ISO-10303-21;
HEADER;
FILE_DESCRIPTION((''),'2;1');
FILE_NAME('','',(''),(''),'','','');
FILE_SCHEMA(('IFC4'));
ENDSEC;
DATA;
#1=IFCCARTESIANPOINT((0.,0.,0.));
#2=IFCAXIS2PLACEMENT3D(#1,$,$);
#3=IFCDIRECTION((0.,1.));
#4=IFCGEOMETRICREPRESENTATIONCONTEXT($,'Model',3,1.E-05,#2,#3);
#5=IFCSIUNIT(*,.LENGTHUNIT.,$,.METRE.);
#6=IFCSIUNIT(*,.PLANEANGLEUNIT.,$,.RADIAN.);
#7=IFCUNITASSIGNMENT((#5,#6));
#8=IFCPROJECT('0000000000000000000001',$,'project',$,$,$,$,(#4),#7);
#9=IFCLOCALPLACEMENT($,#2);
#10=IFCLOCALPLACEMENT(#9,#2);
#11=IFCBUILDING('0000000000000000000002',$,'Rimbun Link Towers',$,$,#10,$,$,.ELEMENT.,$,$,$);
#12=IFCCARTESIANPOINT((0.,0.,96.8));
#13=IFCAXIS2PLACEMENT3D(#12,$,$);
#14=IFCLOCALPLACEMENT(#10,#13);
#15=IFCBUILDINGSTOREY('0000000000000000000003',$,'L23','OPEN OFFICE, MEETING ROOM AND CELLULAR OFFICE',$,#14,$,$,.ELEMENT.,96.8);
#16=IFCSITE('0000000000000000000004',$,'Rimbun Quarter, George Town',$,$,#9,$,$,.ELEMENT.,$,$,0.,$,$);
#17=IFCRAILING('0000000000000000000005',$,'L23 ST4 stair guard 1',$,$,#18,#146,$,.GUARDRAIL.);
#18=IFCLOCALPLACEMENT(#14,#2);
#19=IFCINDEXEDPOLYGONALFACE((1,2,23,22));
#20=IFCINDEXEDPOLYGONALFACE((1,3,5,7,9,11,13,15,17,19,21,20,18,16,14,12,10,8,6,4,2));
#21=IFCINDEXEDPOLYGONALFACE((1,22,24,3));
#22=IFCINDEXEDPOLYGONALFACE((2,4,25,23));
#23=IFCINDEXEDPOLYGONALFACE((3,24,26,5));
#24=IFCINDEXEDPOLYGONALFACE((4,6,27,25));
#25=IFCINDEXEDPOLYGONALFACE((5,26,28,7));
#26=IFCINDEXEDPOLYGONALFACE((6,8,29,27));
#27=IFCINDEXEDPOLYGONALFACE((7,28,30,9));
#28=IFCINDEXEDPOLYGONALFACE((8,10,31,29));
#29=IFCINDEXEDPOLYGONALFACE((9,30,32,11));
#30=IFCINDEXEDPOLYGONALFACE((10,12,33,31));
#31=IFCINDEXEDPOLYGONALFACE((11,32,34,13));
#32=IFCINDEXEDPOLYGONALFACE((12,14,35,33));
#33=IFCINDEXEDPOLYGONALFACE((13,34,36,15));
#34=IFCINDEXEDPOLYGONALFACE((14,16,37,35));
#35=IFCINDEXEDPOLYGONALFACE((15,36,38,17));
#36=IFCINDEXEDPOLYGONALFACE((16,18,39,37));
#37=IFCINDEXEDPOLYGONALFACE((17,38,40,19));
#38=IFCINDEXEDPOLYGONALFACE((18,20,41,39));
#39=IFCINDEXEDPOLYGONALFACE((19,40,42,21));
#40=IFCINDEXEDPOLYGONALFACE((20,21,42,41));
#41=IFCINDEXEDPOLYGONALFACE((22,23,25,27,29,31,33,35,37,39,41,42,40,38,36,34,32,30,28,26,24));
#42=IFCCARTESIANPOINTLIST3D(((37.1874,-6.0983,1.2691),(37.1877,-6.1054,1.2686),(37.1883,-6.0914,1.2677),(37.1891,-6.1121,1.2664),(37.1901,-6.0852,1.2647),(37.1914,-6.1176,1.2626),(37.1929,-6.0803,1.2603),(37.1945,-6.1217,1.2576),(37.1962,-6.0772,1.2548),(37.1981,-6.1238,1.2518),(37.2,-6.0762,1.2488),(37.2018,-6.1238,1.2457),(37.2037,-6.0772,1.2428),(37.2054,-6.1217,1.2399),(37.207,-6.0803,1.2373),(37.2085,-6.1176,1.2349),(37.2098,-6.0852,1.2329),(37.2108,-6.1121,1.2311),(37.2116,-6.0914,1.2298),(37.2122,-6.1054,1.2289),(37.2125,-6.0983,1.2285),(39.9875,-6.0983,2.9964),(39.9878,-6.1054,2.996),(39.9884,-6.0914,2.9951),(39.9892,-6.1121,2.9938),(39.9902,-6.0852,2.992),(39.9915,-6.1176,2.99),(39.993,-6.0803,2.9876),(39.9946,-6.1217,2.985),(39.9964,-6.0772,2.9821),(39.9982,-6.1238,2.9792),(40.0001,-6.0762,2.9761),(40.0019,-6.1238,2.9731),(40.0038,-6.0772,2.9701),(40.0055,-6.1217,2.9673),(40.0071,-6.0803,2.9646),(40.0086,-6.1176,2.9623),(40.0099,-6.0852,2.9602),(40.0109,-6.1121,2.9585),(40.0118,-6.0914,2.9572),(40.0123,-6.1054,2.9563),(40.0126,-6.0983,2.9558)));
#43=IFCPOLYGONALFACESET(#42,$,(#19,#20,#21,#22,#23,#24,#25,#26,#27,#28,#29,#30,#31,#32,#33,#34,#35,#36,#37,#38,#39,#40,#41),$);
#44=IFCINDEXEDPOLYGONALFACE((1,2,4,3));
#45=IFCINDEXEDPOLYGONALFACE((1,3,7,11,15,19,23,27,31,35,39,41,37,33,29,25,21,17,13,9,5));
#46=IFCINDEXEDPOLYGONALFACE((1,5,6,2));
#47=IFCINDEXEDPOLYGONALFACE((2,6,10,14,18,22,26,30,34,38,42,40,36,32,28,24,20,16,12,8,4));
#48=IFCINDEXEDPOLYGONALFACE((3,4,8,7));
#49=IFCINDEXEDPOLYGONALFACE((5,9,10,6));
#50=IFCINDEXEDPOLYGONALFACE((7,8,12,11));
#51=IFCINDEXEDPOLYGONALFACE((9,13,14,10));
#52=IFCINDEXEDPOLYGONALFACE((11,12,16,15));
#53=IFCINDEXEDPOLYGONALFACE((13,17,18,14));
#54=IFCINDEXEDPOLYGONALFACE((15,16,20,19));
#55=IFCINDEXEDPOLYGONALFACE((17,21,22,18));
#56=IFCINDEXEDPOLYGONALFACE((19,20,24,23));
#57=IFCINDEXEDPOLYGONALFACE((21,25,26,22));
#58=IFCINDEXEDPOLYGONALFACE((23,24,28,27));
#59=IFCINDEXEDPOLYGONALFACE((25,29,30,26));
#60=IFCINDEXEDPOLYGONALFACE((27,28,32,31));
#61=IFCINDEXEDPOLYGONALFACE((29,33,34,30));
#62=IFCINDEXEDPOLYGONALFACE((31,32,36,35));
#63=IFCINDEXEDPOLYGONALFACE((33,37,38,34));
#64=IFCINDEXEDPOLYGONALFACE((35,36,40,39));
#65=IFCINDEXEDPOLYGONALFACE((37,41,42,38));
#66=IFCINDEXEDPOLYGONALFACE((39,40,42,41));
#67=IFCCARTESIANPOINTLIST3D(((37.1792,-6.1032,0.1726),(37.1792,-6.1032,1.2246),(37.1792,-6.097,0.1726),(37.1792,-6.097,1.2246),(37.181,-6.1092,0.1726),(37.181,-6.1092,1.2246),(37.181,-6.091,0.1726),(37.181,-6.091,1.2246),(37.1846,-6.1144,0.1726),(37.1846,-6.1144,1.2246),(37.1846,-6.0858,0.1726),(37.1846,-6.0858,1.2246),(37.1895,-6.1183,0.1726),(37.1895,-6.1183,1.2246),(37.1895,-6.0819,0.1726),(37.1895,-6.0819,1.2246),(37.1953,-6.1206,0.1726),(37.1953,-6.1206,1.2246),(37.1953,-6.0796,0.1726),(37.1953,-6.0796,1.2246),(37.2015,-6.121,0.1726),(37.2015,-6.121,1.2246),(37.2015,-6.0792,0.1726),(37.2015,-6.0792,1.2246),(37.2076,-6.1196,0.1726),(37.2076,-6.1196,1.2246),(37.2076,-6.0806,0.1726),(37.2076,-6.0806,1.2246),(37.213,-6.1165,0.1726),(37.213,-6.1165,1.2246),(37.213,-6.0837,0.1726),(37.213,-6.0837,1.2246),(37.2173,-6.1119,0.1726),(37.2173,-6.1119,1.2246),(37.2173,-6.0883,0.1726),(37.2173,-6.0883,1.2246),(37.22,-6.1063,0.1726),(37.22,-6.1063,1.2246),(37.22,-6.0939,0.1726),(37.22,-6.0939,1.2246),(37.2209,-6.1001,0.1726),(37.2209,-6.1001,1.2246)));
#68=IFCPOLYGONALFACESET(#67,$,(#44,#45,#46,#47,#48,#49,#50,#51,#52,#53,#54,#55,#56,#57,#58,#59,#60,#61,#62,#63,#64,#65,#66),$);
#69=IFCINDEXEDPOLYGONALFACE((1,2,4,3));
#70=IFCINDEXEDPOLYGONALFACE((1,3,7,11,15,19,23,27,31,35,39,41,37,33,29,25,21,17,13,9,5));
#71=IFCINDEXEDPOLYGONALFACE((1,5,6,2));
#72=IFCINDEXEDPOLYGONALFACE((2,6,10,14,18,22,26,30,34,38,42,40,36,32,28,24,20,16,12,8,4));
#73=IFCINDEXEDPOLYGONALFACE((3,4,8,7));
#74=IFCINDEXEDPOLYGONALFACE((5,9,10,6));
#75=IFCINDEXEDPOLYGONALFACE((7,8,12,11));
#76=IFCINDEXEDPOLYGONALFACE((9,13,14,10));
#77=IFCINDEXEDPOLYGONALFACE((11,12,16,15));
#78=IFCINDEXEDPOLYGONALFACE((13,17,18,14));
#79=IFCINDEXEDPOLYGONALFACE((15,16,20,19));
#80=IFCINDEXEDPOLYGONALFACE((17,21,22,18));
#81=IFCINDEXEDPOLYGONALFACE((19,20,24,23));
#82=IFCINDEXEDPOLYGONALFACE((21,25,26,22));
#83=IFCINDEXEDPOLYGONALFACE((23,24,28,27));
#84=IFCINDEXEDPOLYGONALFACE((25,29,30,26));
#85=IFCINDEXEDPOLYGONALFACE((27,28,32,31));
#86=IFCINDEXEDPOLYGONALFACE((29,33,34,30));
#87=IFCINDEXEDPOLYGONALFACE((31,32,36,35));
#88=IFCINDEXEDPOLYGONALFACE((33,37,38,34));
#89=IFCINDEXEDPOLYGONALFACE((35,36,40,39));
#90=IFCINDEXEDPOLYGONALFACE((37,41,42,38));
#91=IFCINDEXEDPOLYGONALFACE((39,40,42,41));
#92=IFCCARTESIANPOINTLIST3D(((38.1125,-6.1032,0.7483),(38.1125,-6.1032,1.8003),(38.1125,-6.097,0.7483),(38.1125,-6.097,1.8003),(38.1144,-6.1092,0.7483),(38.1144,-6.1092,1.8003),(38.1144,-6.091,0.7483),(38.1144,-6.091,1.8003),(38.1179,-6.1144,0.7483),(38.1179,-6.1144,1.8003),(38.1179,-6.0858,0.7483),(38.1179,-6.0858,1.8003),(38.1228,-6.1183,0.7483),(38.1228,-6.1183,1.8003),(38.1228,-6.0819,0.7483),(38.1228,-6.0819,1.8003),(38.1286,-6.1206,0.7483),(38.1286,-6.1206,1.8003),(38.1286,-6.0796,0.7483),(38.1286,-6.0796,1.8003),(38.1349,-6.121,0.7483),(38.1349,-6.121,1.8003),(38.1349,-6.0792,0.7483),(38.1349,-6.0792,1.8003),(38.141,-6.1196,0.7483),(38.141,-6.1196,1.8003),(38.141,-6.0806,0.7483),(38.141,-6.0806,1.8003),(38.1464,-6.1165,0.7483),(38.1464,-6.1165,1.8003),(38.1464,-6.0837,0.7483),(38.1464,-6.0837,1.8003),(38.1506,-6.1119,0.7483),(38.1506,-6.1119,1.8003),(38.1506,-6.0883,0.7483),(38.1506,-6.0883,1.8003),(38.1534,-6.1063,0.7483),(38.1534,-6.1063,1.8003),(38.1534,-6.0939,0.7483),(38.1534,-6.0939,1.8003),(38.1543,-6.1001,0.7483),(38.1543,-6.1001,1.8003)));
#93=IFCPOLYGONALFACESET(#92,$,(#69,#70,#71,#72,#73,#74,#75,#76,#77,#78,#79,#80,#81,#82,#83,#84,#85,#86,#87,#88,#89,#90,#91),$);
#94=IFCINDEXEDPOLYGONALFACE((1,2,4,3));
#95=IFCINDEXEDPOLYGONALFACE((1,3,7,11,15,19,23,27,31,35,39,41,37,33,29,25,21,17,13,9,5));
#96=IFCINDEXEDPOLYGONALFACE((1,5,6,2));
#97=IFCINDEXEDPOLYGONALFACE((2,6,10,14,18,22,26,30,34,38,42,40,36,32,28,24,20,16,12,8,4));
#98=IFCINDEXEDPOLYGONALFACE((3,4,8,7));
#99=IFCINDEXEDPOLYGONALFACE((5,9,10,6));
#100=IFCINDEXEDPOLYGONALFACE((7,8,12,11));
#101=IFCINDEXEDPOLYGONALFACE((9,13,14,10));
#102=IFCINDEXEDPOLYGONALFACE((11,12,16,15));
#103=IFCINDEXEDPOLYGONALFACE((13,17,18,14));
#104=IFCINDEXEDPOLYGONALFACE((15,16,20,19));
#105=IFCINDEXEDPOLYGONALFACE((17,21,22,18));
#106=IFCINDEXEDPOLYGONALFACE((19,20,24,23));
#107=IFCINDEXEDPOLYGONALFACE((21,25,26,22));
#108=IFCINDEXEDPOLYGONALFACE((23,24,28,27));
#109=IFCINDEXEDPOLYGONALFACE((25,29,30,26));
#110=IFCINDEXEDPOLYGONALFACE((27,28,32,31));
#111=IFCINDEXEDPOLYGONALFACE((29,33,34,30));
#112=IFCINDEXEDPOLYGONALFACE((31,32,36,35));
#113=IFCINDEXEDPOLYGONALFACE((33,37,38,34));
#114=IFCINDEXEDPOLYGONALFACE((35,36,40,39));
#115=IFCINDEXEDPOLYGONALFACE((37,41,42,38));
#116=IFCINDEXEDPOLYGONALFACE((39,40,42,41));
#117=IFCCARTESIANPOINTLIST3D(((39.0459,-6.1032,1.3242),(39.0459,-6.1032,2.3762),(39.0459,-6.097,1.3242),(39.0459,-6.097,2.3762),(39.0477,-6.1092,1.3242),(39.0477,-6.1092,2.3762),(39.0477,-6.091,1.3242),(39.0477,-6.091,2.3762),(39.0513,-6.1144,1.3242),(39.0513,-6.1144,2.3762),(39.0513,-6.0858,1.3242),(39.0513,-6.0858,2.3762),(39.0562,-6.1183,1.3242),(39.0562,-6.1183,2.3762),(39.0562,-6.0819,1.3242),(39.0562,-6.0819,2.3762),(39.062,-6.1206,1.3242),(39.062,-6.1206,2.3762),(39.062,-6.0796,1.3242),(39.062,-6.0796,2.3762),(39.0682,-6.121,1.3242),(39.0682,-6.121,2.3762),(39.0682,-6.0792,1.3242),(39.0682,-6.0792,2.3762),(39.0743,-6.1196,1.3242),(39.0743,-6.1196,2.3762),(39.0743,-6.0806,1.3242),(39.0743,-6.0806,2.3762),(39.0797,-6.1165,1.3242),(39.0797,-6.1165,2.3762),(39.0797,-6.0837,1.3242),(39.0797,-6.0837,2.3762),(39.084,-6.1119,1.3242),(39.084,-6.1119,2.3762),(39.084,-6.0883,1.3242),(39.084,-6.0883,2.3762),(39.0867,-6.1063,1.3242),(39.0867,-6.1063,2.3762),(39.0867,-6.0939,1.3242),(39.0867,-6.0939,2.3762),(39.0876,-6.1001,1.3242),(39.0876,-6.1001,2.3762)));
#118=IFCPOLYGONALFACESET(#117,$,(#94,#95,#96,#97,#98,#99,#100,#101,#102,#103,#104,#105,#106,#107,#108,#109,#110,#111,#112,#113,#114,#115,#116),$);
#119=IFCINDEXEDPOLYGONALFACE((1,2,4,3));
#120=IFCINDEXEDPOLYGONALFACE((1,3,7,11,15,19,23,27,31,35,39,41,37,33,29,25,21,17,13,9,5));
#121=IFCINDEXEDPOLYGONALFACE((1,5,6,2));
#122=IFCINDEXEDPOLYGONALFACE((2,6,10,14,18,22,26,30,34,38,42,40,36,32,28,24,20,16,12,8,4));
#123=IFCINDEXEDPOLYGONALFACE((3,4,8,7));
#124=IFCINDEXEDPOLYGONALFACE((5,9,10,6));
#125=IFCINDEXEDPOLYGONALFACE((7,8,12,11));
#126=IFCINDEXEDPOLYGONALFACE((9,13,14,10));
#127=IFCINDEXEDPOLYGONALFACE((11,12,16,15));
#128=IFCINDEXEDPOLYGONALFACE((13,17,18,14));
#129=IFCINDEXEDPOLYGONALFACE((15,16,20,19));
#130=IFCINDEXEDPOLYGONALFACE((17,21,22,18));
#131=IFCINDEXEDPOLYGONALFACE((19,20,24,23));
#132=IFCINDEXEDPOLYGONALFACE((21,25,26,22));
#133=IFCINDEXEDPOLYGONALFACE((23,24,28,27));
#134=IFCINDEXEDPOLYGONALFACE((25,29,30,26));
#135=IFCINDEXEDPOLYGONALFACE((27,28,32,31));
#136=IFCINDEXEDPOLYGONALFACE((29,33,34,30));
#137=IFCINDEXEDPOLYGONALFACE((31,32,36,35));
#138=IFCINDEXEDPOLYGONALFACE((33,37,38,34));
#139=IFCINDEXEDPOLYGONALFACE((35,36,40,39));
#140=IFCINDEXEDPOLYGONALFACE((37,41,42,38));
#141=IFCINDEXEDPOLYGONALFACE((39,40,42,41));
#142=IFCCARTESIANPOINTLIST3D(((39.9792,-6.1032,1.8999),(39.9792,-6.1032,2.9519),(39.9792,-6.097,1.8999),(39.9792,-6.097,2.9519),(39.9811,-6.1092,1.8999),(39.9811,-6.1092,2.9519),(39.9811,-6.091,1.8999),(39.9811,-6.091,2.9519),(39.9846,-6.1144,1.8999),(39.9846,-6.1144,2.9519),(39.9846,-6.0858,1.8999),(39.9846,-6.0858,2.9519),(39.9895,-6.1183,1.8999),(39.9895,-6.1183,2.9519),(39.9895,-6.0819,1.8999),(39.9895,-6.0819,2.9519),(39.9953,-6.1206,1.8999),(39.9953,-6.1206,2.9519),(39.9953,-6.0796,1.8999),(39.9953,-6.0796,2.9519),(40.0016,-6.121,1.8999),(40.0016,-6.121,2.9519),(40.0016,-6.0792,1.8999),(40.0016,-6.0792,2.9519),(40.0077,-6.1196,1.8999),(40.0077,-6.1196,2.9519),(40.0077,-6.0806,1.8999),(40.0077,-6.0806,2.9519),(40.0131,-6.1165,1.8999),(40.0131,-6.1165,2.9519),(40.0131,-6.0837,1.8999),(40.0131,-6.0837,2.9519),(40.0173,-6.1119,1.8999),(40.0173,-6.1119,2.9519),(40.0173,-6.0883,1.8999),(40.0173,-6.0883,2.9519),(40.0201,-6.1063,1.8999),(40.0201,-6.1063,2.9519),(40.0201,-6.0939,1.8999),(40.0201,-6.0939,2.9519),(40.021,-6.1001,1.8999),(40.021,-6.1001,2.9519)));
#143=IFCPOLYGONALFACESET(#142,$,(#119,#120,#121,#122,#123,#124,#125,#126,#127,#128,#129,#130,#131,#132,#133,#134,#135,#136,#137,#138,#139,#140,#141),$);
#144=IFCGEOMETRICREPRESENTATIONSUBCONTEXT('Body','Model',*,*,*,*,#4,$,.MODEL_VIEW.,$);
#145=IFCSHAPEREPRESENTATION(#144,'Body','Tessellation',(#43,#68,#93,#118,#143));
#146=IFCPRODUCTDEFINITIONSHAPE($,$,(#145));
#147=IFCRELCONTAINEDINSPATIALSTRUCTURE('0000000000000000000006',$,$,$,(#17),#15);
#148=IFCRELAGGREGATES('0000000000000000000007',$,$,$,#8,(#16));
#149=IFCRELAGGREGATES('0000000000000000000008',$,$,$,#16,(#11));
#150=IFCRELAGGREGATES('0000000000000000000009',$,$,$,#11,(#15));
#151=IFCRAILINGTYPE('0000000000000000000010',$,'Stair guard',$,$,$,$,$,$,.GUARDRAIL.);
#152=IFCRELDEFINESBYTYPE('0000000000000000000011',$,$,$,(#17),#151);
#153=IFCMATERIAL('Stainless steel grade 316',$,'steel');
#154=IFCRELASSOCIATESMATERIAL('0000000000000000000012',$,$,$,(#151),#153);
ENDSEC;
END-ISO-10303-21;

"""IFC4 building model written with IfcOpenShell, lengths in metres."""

from ifc_helpers import new_model, si_unit, direction, frame, origin, origin_2d, place, context, subcontext, project, spatial, circle, extrude, material, type_object, element, save


model = new_model("IFC4")

# Units and contexts
model_context = context("Model", 3, precision=1e-05, world=origin(), true_north=direction((0.0, 1.0)))
body_context = subcontext(model_context, "Body", "Model", "MODEL_VIEW")
ifc_project = project(units=[si_unit("LENGTHUNIT", "METRE"), si_unit("PLANEANGLEUNIT", "RADIAN")], contexts=[model_context])

# Site, building, storey
site_placement = place(None, origin())
site = spatial("IfcSite", under=ifc_project, at=site_placement, Name="Rimbun Quarter, George Town", CompositionType="ELEMENT", RefElevation=0.0)
building_placement = place(site_placement, origin())
building = spatial("IfcBuilding", under=site, at=building_placement, Name="Rimbun Link Towers", CompositionType="ELEMENT")
storey_placement = place(building_placement, frame((0.0, 0.0, 96.8)))
storey = spatial("IfcBuildingStorey", under=building, at=storey_placement, Name="L23", Description="OPEN OFFICE, MEETING ROOM AND CELLULAR OFFICE", CompositionType="ELEMENT", Elevation=96.8)

# Railing
ifc_material_1 = material(Name="Stainless steel grade 316", Category="steel")
railing_type_1 = type_object("IfcRailingType", Name="Stair guard", PredefinedType="GUARDRAIL", material=ifc_material_1)
railing_1_placement = place(storey_placement, frame((37.2, -6.1001, 0.1726)))
element("IfcRailing", 1, at=railing_1_placement, inside=storey, type_object=railing_type_1, Name="L23 ST4 stair guard 1", PredefinedType="GUARDRAIL", context=body_context, shape_type="SweptSolid", body=[
    extrude(circle(Radius=0.0239, at=origin_2d()), frame((0.0, 0.0, 1.0762), z_axis=(0.85109, 0.0, 0.52502), x_axis=(0.0, 1.0, 0.0)), (0.0, 0.0, 1.0), 3.29),
    extrude(circle(Radius=0.021, at=origin_2d()), origin(), (0.0, 0.0, 1.0), 1.052),
    extrude(circle(Radius=0.021, at=origin_2d()), frame((0.9333, 0.0, 0.5757)), (0.0, 0.0, 1.0), 1.052),
    extrude(circle(Radius=0.021, at=origin_2d()), frame((1.8667, 0.0, 1.1516)), (0.0, 0.0, 1.0), 1.052),
    extrude(circle(Radius=0.021, at=origin_2d()), frame((2.8, 0.0, 1.7273)), (0.0, 0.0, 1.0), 1.052),
])

save(model, "model.ifc")
